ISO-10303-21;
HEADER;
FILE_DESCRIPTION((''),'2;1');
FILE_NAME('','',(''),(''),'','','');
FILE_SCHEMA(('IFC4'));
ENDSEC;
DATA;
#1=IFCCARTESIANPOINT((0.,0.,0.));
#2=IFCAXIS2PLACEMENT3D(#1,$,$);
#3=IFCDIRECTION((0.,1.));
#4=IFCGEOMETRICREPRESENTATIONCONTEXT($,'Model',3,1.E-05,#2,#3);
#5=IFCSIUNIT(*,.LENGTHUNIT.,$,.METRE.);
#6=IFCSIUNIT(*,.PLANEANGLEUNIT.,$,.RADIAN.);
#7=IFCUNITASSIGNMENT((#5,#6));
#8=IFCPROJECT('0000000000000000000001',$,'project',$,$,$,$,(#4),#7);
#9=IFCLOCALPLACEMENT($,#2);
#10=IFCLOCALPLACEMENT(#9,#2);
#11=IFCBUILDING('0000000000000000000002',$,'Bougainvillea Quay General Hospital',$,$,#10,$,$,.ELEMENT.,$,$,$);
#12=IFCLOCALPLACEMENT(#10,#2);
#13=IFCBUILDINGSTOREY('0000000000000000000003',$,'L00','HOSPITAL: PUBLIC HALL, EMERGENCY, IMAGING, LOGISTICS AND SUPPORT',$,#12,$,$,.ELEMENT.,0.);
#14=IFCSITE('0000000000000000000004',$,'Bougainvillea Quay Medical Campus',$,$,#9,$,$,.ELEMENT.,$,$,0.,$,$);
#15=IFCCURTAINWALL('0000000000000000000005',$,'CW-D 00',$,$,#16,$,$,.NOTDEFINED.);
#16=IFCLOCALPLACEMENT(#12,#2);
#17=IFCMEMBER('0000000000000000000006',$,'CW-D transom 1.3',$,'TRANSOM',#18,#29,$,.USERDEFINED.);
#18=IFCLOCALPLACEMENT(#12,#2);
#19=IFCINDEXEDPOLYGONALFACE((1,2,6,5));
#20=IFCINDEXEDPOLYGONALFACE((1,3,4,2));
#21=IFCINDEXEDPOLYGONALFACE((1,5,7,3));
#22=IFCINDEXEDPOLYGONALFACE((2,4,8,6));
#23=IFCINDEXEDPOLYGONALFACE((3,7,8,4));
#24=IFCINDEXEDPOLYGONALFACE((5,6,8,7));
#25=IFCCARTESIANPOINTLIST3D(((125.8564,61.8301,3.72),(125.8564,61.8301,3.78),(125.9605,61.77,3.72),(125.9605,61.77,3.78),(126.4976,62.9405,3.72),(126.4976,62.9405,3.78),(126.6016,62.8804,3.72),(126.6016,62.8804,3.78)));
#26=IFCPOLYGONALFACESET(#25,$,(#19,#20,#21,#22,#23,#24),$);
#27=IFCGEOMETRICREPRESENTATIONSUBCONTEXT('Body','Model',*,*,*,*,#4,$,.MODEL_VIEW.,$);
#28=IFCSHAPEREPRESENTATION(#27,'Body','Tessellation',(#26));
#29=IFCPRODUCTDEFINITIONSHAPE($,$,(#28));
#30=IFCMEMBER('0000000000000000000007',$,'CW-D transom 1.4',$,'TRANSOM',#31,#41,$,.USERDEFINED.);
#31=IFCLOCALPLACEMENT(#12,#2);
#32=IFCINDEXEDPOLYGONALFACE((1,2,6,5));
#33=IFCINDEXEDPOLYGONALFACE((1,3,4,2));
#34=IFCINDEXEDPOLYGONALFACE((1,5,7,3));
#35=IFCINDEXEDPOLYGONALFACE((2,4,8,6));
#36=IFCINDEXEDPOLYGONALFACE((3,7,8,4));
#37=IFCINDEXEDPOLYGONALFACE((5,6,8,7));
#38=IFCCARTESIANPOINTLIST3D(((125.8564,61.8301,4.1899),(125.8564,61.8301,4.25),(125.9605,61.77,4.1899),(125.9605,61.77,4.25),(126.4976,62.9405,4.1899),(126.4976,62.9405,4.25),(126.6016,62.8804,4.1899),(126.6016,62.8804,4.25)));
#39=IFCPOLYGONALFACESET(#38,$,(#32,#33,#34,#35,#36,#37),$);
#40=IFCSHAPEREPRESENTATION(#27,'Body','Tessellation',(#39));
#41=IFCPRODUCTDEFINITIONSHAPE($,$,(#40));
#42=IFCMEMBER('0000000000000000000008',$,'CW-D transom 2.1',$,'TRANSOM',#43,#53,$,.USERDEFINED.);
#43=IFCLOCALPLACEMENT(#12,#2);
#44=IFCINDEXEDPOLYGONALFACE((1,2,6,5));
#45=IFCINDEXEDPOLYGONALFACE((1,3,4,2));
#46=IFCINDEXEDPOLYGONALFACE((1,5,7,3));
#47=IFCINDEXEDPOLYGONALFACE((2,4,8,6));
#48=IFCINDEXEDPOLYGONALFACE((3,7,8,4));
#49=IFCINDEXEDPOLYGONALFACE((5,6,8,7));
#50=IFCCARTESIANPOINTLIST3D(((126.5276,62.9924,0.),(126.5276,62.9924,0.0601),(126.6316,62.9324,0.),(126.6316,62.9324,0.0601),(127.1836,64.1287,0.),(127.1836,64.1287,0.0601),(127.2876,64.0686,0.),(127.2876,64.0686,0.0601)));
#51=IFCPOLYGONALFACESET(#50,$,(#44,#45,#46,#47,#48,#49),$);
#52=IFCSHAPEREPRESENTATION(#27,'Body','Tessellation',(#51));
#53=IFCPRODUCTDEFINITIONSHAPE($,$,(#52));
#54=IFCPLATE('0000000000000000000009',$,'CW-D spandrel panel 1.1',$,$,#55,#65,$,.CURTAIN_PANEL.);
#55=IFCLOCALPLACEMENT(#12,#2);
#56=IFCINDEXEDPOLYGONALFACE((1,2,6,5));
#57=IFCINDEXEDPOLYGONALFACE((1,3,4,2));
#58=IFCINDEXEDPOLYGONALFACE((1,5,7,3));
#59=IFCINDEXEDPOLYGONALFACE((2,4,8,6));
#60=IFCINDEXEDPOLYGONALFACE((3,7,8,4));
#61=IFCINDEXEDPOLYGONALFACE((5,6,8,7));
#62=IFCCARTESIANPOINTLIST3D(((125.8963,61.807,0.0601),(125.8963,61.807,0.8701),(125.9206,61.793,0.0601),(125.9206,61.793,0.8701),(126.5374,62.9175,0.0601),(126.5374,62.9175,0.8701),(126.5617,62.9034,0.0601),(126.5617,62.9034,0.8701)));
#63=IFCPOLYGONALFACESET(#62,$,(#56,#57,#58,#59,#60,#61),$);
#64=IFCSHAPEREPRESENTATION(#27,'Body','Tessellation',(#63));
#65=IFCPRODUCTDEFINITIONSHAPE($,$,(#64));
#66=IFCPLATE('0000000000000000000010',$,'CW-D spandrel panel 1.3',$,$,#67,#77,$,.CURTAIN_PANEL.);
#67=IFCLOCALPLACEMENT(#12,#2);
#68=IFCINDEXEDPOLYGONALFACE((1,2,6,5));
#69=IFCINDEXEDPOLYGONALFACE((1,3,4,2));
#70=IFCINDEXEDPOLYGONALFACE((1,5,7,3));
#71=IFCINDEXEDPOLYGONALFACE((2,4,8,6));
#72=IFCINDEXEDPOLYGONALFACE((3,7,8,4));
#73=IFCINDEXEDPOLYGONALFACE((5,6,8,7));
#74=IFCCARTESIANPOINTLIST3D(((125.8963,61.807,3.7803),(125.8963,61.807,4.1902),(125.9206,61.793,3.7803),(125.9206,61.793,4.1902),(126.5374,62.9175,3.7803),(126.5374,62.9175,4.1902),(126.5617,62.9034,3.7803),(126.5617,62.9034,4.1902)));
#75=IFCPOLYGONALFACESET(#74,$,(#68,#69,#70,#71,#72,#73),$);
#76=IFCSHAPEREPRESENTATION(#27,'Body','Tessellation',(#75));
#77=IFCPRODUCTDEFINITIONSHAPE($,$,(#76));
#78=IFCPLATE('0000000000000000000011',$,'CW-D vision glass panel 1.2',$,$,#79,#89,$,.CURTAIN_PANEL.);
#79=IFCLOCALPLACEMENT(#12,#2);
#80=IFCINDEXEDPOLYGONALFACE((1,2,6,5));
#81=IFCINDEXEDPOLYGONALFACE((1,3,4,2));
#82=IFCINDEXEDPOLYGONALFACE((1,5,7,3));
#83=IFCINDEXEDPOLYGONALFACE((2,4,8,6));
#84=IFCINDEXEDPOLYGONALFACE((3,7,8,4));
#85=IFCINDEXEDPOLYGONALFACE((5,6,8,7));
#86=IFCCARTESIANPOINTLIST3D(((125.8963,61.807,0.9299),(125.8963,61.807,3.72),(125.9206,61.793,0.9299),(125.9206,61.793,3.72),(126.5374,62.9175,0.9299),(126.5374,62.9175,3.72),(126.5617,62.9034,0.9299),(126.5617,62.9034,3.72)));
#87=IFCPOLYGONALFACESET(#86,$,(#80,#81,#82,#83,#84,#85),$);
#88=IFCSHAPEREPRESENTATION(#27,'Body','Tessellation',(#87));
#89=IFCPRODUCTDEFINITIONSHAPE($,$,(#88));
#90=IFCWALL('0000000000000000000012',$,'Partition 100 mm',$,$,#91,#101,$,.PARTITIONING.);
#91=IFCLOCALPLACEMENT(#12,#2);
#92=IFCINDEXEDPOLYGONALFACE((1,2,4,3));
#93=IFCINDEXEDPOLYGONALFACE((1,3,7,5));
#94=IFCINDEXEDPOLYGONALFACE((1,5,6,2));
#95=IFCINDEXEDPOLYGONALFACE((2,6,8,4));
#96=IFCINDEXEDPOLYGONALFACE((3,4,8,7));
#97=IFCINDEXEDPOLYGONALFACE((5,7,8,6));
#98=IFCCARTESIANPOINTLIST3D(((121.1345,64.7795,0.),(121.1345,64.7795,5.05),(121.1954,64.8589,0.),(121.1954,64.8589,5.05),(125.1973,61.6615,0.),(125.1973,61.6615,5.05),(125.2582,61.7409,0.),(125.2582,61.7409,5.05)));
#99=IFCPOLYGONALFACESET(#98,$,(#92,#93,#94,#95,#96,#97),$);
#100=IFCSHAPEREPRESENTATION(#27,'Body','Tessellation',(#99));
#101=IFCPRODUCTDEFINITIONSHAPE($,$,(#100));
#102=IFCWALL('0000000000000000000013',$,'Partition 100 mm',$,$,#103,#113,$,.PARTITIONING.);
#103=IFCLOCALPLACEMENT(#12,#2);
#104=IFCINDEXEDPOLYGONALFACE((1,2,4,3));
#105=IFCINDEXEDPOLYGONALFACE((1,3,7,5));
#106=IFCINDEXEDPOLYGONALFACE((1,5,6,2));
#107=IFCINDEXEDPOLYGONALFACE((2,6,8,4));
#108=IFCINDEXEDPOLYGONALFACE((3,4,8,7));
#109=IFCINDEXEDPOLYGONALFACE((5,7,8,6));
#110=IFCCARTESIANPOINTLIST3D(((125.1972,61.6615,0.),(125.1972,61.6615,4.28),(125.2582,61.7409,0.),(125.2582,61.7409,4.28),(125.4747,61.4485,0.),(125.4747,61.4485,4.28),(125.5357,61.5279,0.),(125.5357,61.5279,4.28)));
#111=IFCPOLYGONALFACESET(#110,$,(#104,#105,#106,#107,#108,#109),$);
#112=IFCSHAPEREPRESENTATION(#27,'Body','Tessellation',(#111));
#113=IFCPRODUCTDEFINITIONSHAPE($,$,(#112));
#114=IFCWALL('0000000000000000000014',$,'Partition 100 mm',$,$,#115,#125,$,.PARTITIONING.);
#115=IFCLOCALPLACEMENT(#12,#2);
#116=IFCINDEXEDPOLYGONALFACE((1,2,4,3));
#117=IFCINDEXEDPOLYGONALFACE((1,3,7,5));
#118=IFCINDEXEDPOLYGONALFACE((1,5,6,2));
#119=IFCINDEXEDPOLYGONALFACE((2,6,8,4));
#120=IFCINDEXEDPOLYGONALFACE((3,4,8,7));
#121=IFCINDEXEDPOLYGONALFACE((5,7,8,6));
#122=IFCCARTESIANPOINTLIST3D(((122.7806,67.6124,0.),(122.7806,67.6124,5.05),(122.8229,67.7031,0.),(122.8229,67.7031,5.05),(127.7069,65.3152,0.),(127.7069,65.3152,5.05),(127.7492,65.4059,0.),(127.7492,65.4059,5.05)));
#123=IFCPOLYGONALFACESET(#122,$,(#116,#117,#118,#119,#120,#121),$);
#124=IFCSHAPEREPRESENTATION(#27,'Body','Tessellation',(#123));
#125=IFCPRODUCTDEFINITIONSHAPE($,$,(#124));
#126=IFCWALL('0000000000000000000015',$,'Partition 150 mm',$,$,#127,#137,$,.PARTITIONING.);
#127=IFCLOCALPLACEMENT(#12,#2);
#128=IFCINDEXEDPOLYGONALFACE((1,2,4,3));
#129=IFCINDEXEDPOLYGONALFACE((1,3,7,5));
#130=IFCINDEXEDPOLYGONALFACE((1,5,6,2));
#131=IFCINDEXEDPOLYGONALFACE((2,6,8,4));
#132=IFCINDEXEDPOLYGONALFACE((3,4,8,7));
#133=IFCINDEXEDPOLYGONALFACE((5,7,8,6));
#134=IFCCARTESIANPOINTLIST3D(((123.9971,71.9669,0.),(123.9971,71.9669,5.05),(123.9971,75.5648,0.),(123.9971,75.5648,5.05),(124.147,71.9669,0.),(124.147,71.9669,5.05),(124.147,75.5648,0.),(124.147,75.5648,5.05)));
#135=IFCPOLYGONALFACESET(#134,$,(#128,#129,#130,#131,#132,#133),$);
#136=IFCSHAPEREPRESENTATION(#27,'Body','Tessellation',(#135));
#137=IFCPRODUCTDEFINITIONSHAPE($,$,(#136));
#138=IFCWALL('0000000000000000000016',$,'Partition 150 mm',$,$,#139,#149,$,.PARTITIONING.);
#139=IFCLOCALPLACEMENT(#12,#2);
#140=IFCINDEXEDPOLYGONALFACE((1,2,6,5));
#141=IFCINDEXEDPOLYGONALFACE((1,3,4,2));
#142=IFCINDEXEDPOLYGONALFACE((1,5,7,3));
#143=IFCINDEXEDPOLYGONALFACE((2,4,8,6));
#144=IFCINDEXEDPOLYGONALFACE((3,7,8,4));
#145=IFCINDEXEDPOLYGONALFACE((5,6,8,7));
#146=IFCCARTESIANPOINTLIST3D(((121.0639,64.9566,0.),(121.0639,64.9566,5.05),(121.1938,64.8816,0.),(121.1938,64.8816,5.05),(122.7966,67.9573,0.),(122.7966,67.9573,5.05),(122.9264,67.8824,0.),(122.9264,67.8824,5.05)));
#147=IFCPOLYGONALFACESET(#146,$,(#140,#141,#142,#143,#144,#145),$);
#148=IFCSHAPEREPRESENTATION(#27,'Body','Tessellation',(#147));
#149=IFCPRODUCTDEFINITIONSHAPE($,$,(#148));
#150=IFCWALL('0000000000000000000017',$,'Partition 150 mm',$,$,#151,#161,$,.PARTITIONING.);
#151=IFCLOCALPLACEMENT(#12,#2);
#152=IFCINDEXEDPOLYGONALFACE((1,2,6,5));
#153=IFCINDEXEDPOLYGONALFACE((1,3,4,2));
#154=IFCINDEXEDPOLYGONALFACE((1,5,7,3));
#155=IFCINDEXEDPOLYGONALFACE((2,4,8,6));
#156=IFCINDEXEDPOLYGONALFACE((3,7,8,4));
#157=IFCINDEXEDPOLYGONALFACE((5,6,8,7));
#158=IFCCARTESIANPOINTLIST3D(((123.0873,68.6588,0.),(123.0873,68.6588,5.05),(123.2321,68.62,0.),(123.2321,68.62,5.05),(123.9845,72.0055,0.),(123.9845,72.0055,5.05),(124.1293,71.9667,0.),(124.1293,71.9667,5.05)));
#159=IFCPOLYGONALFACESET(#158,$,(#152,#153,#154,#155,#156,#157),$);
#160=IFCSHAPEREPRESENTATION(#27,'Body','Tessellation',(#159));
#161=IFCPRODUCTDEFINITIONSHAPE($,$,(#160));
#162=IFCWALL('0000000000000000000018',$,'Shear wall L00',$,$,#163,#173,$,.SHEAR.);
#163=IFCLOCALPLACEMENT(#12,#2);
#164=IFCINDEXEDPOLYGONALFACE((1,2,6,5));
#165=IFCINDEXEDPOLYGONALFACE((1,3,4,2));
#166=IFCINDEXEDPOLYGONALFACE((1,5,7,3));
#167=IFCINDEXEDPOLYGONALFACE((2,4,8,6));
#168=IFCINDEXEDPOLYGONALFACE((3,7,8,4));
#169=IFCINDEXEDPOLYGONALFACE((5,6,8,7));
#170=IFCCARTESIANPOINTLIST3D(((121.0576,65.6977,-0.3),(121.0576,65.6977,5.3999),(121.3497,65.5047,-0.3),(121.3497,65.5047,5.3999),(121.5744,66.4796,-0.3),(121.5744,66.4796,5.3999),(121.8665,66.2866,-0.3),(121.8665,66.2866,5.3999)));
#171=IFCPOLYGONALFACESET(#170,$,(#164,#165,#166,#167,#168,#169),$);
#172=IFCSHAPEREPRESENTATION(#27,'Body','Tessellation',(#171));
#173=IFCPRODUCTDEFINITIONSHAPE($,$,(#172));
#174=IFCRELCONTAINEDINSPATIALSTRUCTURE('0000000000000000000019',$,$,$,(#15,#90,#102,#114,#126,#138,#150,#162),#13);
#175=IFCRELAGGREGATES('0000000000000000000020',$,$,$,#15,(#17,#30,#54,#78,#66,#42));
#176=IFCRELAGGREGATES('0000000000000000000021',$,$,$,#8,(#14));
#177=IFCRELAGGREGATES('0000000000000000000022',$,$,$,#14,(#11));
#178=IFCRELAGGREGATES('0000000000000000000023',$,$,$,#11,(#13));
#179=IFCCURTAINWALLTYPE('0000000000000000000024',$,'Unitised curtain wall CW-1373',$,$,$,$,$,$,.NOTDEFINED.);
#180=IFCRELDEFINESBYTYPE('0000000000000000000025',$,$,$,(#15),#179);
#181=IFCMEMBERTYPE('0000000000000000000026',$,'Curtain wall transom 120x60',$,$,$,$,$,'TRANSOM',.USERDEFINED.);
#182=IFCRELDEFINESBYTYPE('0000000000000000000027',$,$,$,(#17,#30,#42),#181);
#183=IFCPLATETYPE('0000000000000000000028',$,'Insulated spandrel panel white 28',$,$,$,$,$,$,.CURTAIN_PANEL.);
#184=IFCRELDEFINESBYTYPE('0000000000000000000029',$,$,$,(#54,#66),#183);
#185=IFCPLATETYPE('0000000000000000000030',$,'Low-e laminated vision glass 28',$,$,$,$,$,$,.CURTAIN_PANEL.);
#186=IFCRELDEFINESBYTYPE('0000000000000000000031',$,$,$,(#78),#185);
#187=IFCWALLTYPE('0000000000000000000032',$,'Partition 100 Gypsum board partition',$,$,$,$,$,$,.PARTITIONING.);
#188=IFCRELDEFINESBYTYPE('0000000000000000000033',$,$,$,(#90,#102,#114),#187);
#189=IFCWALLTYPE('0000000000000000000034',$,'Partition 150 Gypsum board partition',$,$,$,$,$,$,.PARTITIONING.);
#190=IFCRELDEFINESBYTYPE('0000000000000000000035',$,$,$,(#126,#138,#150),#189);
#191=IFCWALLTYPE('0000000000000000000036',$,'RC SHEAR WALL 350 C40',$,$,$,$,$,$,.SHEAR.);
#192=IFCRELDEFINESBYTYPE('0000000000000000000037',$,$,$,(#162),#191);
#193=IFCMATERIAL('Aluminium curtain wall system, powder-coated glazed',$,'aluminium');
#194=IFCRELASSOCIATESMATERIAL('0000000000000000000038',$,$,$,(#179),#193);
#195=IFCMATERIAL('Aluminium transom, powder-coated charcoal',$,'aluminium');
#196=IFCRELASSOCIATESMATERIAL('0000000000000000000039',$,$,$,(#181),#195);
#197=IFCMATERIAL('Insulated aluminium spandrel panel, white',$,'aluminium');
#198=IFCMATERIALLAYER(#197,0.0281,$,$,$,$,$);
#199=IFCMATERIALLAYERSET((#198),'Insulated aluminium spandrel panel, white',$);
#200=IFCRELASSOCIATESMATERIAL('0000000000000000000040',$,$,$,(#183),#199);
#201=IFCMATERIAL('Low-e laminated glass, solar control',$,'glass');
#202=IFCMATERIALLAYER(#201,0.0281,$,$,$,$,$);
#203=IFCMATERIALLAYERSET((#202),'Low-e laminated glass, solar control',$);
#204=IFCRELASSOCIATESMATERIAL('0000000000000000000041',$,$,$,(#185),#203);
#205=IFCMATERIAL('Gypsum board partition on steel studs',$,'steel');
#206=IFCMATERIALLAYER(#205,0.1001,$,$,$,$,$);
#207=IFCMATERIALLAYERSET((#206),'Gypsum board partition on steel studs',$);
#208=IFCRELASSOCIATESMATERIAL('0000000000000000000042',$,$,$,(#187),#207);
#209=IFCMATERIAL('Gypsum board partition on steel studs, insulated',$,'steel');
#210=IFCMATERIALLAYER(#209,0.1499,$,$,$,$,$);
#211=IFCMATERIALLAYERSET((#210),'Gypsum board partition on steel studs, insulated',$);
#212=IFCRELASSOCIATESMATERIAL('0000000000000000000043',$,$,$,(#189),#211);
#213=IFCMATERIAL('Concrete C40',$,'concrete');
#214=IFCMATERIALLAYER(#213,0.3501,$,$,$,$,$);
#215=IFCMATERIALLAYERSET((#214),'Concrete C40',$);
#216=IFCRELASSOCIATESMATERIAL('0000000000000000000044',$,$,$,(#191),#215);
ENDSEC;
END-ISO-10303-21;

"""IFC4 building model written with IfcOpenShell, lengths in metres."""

from ifc_helpers import new_model, si_unit, direction, frame, frame_2d, origin, origin_2d, place, context, subcontext, project, spatial, rectangle, extrude, material, layer, layer_set, material_profile, profile_set, type_object, element, aggregate, save


model = new_model("IFC4")

# Units and contexts
model_context = context("Model", 3, precision=1e-05, world=origin(), true_north=direction((0.0, 1.0)))
body_context = subcontext(model_context, "Body", "Model", "MODEL_VIEW")
ifc_project = project(units=[si_unit("LENGTHUNIT", "METRE"), si_unit("PLANEANGLEUNIT", "RADIAN")], contexts=[model_context])

# Site, building, storey
site_placement = place(None, origin())
site = spatial("IfcSite", under=ifc_project, at=site_placement, Name="Bougainvillea Quay Medical Campus", CompositionType="ELEMENT", RefElevation=0.0)
building_placement = place(site_placement, origin())
building = spatial("IfcBuilding", under=site, at=building_placement, Name="Bougainvillea Quay General Hospital", CompositionType="ELEMENT")
storey_placement = place(building_placement, origin())
storey = spatial("IfcBuildingStorey", under=building, at=storey_placement, Name="L00", Description="HOSPITAL: PUBLIC HALL, EMERGENCY, IMAGING, LOGISTICS AND SUPPORT", CompositionType="ELEMENT", Elevation=0.0)

# Shared definitions
ifc_material_1 = material(Name="Concrete C40", Category="concrete")

# Curtain wall, members, plates
ifc_material_2 = material(Name="Aluminium curtain wall system, powder-coated glazed", Category="aluminium")
curtain_wall_type = type_object("IfcCurtainWallType", Name="Unitised curtain wall CW-1373", PredefinedType="NOTDEFINED", material=ifc_material_2)
curtain_wall_placement = place(storey_placement, origin())
curtain_wall = element("IfcCurtainWall", 1, at=curtain_wall_placement, inside=storey, type_object=curtain_wall_type, Name="CW-D 00", PredefinedType="NOTDEFINED")
ifc_material_3 = material(Name="Aluminium transom, powder-coated charcoal", Category="aluminium")
ifc_material_profile_1 = material_profile(ifc_material_3, rectangle(XDim=0.1201, YDim=0.0601, at=origin_2d()))
ifc_profile_set_1 = profile_set([ifc_material_profile_1], Name="Aluminium transom, powder-coated charcoal")
member_type_1 = type_object("IfcMemberType", Name="Curtain wall transom 120x60", ElementType="TRANSOM", PredefinedType="USERDEFINED", material=ifc_profile_set_1)
member_1_placement = place(storey_placement, frame((125.9084, 61.8, 3.75), z_axis=(0.50003, 0.866008, 0.0), x_axis=(-0.866008, 0.50003, 0.0)))
member_1 = element("IfcMember", 2, at=member_1_placement, type_object=member_type_1, Name="CW-D transom 1.3", ObjectType="TRANSOM", PredefinedType="USERDEFINED", context=body_context, shape_type="SweptSolid", body=[
    extrude(rectangle(XDim=0.1201, YDim=0.0601, at=origin_2d()), origin(), (0.0, 0.0, 1.0), 1.2822),
])
member_2_placement = place(storey_placement, frame((125.9084, 61.8, 4.22), z_axis=(0.50003, 0.866008, 0.0), x_axis=(-0.866008, 0.50003, 0.0)))
member_2 = element("IfcMember", 3, at=member_2_placement, type_object=member_type_1, Name="CW-D transom 1.4", ObjectType="TRANSOM", PredefinedType="USERDEFINED", context=body_context, shape_type="SweptSolid", body=[
    extrude(rectangle(XDim=0.1201, YDim=0.0601, at=origin_2d()), origin(), (0.0, 0.0, 1.0), 1.2822),
])
member_3_placement = place(storey_placement, frame((126.5796, 62.9624, 0.03), z_axis=(0.500002, 0.866024, 0.0), x_axis=(-0.866024, 0.500002, 0.0)))
member_3 = element("IfcMember", 4, at=member_3_placement, type_object=member_type_1, Name="CW-D transom 2.1", ObjectType="TRANSOM", PredefinedType="USERDEFINED", context=body_context, shape_type="SweptSolid", body=[
    extrude(rectangle(XDim=0.1201, YDim=0.0601, at=origin_2d()), origin(), (0.0, 0.0, 1.0), 1.312),
])
ifc_material_4 = material(Name="Insulated aluminium spandrel panel, white", Category="aluminium")
ifc_layer_1 = layer(ifc_material_4, 0.0281)
ifc_layer_set_1 = layer_set([ifc_layer_1], Name="Insulated aluminium spandrel panel, white")
plate_type_1 = type_object("IfcPlateType", Name="Insulated spandrel panel white 28", PredefinedType="CURTAIN_PANEL", material=ifc_layer_set_1)
plate_1_placement = place(storey_placement, frame((126.229, 62.3552, 0.0601), z_axis=(0.0, 0.0, 1.0), x_axis=(0.499962, 0.866048, 0.0)))
plate_1 = element("IfcPlate", 5, at=plate_1_placement, type_object=plate_type_1, Name="CW-D spandrel panel 1.1", PredefinedType="CURTAIN_PANEL", context=body_context, shape_type="SweptSolid", body=[
    extrude(rectangle(XDim=1.2822, YDim=0.0281, at=origin_2d()), origin(), (0.0, 0.0, 1.0), 0.8101),
])
plate_2_placement = place(storey_placement, frame((126.229, 62.3552, 3.7803), z_axis=(0.0, 0.0, 1.0), x_axis=(0.499962, 0.866048, 0.0)))
plate_2 = element("IfcPlate", 6, at=plate_2_placement, type_object=plate_type_1, Name="CW-D spandrel panel 1.3", PredefinedType="CURTAIN_PANEL", context=body_context, shape_type="SweptSolid", body=[
    extrude(rectangle(XDim=1.2822, YDim=0.0281, at=origin_2d()), origin(), (0.0, 0.0, 1.0), 0.4099),
])
ifc_material_5 = material(Name="Low-e laminated glass, solar control", Category="glass")
ifc_layer_2 = layer(ifc_material_5, 0.0281)
ifc_layer_set_2 = layer_set([ifc_layer_2], Name="Low-e laminated glass, solar control")
plate_type_2 = type_object("IfcPlateType", Name="Low-e laminated vision glass 28", PredefinedType="CURTAIN_PANEL", material=ifc_layer_set_2)
plate_3_placement = place(storey_placement, frame((126.229, 62.3552, 0.9299), z_axis=(0.0, 0.0, 1.0), x_axis=(0.499962, 0.866048, 0.0)))
plate_3 = element("IfcPlate", 7, at=plate_3_placement, type_object=plate_type_2, Name="CW-D vision glass panel 1.2", PredefinedType="CURTAIN_PANEL", context=body_context, shape_type="SweptSolid", body=[
    extrude(rectangle(XDim=1.2822, YDim=0.0281, at=origin_2d()), origin(), (0.0, 0.0, 1.0), 2.79),
])
aggregate(curtain_wall, [member_1, member_2, plate_1, plate_3, plate_2, member_3])

# Walls
ifc_material_6 = material(Name="Gypsum board partition on steel studs", Category="steel")
ifc_layer_3 = layer(ifc_material_6, 0.1001)
ifc_layer_set_3 = layer_set([ifc_layer_3], Name="Gypsum board partition on steel studs")
wall_type_1 = type_object("IfcWallType", Name="Partition 100 Gypsum board partition", PredefinedType="PARTITIONING", material=ifc_layer_set_3)
wall_1_placement = place(storey_placement, frame((121.165, 64.8191, 0.0), z_axis=(0.0, 0.0, 1.0), x_axis=(0.793309, -0.608819, 0.0)))
element("IfcWall", 8, at=wall_1_placement, inside=storey, type_object=wall_type_1, Name="Partition 100 mm", PredefinedType="PARTITIONING", context=body_context, shape_type="SweptSolid", body=[
    extrude(rectangle(XDim=5.1213, YDim=0.1001, at=frame_2d((2.5605, 0.0))), origin(), (0.0, 0.0, 1.0), 5.05),
])
wall_2_placement = place(storey_placement, frame((125.2278, 61.7012, 0.0), z_axis=(0.0, 0.0, 1.0), x_axis=(0.793168, -0.609003, 0.0)))
element("IfcWall", 9, at=wall_2_placement, inside=storey, type_object=wall_type_1, Name="Partition 100 mm", PredefinedType="PARTITIONING", context=body_context, shape_type="SweptSolid", body=[
    extrude(rectangle(XDim=0.3499, YDim=0.1001, at=frame_2d((0.1748, 0.0))), origin(), (0.0, 0.0, 1.0), 4.28),
])
wall_3_placement = place(storey_placement, frame((122.8018, 67.6577, 0.0), z_axis=(0.0, 0.0, 1.0), x_axis=(0.90631, -0.422613, 0.0)))
element("IfcWall", 10, at=wall_3_placement, inside=storey, type_object=wall_type_1, Name="Partition 100 mm", PredefinedType="PARTITIONING", context=body_context, shape_type="SweptSolid", body=[
    extrude(rectangle(XDim=5.4355, YDim=0.1001, at=frame_2d((2.7178, 0.0))), origin(), (0.0, 0.0, 1.0), 5.05),
])
ifc_material_7 = material(Name="Gypsum board partition on steel studs, insulated", Category="steel")
ifc_layer_4 = layer(ifc_material_7, 0.1499)
ifc_layer_set_4 = layer_set([ifc_layer_4], Name="Gypsum board partition on steel studs, insulated")
wall_type_2 = type_object("IfcWallType", Name="Partition 150 Gypsum board partition", PredefinedType="PARTITIONING", material=ifc_layer_set_4)
wall_4_placement = place(storey_placement, frame((124.072, 71.967, 0.0), z_axis=(0.0, 0.0, 1.0), x_axis=(0.0, 1.0, 0.0)))
element("IfcWall", 11, at=wall_4_placement, inside=storey, type_object=wall_type_2, Name="Partition 150 mm", PredefinedType="PARTITIONING", context=body_context, shape_type="SweptSolid", body=[
    extrude(rectangle(XDim=3.5979, YDim=0.1499, at=frame_2d((1.7988, 0.0))), origin(), (0.0, 0.0, 1.0), 5.05),
])
wall_5_placement = place(storey_placement, frame((121.1289, 64.9192, 0.0), z_axis=(0.0, 0.0, 1.0), x_axis=(0.500042, 0.866001, 0.0)))
element("IfcWall", 12, at=wall_5_placement, inside=storey, type_object=wall_type_2, Name="Partition 150 mm", PredefinedType="PARTITIONING", context=body_context, shape_type="SweptSolid", body=[
    extrude(rectangle(XDim=3.4651, YDim=0.1499, at=frame_2d((1.7324, 0.0))), origin(), (0.0, 0.0, 1.0), 5.05),
])
wall_6_placement = place(storey_placement, frame((123.1597, 68.6394, 0.0), z_axis=(0.0, 0.0, 1.0), x_axis=(0.258947, 0.965891, 0.0)))
element("IfcWall", 13, at=wall_6_placement, inside=storey, type_object=wall_type_2, Name="Partition 150 mm", PredefinedType="PARTITIONING", context=body_context, shape_type="SweptSolid", body=[
    extrude(rectangle(XDim=3.4648, YDim=0.1499, at=frame_2d((1.7324, 0.0))), origin(), (0.0, 0.0, 1.0), 5.05),
])
ifc_layer_5 = layer(ifc_material_1, 0.3501)
ifc_layer_set_5 = layer_set([ifc_layer_5], Name="Concrete C40")
wall_type_3 = type_object("IfcWallType", Name="RC SHEAR WALL 350 C40", PredefinedType="SHEAR", material=ifc_layer_set_5)
wall_7_placement = place(storey_placement, frame((121.2036, 65.6011, -0.3), z_axis=(0.0, 0.0, 1.0), x_axis=(0.55139, 0.834248, 0.0)))
element("IfcWall", 14, at=wall_7_placement, inside=storey, type_object=wall_type_3, Name="Shear wall L00", PredefinedType="SHEAR", context=body_context, shape_type="SweptSolid", body=[
    extrude(rectangle(XDim=0.9373, YDim=0.3501, at=frame_2d((0.4688, 0.0))), origin(), (0.0, 0.0, 1.0), 5.7),
])

save(model, "model.ifc")
